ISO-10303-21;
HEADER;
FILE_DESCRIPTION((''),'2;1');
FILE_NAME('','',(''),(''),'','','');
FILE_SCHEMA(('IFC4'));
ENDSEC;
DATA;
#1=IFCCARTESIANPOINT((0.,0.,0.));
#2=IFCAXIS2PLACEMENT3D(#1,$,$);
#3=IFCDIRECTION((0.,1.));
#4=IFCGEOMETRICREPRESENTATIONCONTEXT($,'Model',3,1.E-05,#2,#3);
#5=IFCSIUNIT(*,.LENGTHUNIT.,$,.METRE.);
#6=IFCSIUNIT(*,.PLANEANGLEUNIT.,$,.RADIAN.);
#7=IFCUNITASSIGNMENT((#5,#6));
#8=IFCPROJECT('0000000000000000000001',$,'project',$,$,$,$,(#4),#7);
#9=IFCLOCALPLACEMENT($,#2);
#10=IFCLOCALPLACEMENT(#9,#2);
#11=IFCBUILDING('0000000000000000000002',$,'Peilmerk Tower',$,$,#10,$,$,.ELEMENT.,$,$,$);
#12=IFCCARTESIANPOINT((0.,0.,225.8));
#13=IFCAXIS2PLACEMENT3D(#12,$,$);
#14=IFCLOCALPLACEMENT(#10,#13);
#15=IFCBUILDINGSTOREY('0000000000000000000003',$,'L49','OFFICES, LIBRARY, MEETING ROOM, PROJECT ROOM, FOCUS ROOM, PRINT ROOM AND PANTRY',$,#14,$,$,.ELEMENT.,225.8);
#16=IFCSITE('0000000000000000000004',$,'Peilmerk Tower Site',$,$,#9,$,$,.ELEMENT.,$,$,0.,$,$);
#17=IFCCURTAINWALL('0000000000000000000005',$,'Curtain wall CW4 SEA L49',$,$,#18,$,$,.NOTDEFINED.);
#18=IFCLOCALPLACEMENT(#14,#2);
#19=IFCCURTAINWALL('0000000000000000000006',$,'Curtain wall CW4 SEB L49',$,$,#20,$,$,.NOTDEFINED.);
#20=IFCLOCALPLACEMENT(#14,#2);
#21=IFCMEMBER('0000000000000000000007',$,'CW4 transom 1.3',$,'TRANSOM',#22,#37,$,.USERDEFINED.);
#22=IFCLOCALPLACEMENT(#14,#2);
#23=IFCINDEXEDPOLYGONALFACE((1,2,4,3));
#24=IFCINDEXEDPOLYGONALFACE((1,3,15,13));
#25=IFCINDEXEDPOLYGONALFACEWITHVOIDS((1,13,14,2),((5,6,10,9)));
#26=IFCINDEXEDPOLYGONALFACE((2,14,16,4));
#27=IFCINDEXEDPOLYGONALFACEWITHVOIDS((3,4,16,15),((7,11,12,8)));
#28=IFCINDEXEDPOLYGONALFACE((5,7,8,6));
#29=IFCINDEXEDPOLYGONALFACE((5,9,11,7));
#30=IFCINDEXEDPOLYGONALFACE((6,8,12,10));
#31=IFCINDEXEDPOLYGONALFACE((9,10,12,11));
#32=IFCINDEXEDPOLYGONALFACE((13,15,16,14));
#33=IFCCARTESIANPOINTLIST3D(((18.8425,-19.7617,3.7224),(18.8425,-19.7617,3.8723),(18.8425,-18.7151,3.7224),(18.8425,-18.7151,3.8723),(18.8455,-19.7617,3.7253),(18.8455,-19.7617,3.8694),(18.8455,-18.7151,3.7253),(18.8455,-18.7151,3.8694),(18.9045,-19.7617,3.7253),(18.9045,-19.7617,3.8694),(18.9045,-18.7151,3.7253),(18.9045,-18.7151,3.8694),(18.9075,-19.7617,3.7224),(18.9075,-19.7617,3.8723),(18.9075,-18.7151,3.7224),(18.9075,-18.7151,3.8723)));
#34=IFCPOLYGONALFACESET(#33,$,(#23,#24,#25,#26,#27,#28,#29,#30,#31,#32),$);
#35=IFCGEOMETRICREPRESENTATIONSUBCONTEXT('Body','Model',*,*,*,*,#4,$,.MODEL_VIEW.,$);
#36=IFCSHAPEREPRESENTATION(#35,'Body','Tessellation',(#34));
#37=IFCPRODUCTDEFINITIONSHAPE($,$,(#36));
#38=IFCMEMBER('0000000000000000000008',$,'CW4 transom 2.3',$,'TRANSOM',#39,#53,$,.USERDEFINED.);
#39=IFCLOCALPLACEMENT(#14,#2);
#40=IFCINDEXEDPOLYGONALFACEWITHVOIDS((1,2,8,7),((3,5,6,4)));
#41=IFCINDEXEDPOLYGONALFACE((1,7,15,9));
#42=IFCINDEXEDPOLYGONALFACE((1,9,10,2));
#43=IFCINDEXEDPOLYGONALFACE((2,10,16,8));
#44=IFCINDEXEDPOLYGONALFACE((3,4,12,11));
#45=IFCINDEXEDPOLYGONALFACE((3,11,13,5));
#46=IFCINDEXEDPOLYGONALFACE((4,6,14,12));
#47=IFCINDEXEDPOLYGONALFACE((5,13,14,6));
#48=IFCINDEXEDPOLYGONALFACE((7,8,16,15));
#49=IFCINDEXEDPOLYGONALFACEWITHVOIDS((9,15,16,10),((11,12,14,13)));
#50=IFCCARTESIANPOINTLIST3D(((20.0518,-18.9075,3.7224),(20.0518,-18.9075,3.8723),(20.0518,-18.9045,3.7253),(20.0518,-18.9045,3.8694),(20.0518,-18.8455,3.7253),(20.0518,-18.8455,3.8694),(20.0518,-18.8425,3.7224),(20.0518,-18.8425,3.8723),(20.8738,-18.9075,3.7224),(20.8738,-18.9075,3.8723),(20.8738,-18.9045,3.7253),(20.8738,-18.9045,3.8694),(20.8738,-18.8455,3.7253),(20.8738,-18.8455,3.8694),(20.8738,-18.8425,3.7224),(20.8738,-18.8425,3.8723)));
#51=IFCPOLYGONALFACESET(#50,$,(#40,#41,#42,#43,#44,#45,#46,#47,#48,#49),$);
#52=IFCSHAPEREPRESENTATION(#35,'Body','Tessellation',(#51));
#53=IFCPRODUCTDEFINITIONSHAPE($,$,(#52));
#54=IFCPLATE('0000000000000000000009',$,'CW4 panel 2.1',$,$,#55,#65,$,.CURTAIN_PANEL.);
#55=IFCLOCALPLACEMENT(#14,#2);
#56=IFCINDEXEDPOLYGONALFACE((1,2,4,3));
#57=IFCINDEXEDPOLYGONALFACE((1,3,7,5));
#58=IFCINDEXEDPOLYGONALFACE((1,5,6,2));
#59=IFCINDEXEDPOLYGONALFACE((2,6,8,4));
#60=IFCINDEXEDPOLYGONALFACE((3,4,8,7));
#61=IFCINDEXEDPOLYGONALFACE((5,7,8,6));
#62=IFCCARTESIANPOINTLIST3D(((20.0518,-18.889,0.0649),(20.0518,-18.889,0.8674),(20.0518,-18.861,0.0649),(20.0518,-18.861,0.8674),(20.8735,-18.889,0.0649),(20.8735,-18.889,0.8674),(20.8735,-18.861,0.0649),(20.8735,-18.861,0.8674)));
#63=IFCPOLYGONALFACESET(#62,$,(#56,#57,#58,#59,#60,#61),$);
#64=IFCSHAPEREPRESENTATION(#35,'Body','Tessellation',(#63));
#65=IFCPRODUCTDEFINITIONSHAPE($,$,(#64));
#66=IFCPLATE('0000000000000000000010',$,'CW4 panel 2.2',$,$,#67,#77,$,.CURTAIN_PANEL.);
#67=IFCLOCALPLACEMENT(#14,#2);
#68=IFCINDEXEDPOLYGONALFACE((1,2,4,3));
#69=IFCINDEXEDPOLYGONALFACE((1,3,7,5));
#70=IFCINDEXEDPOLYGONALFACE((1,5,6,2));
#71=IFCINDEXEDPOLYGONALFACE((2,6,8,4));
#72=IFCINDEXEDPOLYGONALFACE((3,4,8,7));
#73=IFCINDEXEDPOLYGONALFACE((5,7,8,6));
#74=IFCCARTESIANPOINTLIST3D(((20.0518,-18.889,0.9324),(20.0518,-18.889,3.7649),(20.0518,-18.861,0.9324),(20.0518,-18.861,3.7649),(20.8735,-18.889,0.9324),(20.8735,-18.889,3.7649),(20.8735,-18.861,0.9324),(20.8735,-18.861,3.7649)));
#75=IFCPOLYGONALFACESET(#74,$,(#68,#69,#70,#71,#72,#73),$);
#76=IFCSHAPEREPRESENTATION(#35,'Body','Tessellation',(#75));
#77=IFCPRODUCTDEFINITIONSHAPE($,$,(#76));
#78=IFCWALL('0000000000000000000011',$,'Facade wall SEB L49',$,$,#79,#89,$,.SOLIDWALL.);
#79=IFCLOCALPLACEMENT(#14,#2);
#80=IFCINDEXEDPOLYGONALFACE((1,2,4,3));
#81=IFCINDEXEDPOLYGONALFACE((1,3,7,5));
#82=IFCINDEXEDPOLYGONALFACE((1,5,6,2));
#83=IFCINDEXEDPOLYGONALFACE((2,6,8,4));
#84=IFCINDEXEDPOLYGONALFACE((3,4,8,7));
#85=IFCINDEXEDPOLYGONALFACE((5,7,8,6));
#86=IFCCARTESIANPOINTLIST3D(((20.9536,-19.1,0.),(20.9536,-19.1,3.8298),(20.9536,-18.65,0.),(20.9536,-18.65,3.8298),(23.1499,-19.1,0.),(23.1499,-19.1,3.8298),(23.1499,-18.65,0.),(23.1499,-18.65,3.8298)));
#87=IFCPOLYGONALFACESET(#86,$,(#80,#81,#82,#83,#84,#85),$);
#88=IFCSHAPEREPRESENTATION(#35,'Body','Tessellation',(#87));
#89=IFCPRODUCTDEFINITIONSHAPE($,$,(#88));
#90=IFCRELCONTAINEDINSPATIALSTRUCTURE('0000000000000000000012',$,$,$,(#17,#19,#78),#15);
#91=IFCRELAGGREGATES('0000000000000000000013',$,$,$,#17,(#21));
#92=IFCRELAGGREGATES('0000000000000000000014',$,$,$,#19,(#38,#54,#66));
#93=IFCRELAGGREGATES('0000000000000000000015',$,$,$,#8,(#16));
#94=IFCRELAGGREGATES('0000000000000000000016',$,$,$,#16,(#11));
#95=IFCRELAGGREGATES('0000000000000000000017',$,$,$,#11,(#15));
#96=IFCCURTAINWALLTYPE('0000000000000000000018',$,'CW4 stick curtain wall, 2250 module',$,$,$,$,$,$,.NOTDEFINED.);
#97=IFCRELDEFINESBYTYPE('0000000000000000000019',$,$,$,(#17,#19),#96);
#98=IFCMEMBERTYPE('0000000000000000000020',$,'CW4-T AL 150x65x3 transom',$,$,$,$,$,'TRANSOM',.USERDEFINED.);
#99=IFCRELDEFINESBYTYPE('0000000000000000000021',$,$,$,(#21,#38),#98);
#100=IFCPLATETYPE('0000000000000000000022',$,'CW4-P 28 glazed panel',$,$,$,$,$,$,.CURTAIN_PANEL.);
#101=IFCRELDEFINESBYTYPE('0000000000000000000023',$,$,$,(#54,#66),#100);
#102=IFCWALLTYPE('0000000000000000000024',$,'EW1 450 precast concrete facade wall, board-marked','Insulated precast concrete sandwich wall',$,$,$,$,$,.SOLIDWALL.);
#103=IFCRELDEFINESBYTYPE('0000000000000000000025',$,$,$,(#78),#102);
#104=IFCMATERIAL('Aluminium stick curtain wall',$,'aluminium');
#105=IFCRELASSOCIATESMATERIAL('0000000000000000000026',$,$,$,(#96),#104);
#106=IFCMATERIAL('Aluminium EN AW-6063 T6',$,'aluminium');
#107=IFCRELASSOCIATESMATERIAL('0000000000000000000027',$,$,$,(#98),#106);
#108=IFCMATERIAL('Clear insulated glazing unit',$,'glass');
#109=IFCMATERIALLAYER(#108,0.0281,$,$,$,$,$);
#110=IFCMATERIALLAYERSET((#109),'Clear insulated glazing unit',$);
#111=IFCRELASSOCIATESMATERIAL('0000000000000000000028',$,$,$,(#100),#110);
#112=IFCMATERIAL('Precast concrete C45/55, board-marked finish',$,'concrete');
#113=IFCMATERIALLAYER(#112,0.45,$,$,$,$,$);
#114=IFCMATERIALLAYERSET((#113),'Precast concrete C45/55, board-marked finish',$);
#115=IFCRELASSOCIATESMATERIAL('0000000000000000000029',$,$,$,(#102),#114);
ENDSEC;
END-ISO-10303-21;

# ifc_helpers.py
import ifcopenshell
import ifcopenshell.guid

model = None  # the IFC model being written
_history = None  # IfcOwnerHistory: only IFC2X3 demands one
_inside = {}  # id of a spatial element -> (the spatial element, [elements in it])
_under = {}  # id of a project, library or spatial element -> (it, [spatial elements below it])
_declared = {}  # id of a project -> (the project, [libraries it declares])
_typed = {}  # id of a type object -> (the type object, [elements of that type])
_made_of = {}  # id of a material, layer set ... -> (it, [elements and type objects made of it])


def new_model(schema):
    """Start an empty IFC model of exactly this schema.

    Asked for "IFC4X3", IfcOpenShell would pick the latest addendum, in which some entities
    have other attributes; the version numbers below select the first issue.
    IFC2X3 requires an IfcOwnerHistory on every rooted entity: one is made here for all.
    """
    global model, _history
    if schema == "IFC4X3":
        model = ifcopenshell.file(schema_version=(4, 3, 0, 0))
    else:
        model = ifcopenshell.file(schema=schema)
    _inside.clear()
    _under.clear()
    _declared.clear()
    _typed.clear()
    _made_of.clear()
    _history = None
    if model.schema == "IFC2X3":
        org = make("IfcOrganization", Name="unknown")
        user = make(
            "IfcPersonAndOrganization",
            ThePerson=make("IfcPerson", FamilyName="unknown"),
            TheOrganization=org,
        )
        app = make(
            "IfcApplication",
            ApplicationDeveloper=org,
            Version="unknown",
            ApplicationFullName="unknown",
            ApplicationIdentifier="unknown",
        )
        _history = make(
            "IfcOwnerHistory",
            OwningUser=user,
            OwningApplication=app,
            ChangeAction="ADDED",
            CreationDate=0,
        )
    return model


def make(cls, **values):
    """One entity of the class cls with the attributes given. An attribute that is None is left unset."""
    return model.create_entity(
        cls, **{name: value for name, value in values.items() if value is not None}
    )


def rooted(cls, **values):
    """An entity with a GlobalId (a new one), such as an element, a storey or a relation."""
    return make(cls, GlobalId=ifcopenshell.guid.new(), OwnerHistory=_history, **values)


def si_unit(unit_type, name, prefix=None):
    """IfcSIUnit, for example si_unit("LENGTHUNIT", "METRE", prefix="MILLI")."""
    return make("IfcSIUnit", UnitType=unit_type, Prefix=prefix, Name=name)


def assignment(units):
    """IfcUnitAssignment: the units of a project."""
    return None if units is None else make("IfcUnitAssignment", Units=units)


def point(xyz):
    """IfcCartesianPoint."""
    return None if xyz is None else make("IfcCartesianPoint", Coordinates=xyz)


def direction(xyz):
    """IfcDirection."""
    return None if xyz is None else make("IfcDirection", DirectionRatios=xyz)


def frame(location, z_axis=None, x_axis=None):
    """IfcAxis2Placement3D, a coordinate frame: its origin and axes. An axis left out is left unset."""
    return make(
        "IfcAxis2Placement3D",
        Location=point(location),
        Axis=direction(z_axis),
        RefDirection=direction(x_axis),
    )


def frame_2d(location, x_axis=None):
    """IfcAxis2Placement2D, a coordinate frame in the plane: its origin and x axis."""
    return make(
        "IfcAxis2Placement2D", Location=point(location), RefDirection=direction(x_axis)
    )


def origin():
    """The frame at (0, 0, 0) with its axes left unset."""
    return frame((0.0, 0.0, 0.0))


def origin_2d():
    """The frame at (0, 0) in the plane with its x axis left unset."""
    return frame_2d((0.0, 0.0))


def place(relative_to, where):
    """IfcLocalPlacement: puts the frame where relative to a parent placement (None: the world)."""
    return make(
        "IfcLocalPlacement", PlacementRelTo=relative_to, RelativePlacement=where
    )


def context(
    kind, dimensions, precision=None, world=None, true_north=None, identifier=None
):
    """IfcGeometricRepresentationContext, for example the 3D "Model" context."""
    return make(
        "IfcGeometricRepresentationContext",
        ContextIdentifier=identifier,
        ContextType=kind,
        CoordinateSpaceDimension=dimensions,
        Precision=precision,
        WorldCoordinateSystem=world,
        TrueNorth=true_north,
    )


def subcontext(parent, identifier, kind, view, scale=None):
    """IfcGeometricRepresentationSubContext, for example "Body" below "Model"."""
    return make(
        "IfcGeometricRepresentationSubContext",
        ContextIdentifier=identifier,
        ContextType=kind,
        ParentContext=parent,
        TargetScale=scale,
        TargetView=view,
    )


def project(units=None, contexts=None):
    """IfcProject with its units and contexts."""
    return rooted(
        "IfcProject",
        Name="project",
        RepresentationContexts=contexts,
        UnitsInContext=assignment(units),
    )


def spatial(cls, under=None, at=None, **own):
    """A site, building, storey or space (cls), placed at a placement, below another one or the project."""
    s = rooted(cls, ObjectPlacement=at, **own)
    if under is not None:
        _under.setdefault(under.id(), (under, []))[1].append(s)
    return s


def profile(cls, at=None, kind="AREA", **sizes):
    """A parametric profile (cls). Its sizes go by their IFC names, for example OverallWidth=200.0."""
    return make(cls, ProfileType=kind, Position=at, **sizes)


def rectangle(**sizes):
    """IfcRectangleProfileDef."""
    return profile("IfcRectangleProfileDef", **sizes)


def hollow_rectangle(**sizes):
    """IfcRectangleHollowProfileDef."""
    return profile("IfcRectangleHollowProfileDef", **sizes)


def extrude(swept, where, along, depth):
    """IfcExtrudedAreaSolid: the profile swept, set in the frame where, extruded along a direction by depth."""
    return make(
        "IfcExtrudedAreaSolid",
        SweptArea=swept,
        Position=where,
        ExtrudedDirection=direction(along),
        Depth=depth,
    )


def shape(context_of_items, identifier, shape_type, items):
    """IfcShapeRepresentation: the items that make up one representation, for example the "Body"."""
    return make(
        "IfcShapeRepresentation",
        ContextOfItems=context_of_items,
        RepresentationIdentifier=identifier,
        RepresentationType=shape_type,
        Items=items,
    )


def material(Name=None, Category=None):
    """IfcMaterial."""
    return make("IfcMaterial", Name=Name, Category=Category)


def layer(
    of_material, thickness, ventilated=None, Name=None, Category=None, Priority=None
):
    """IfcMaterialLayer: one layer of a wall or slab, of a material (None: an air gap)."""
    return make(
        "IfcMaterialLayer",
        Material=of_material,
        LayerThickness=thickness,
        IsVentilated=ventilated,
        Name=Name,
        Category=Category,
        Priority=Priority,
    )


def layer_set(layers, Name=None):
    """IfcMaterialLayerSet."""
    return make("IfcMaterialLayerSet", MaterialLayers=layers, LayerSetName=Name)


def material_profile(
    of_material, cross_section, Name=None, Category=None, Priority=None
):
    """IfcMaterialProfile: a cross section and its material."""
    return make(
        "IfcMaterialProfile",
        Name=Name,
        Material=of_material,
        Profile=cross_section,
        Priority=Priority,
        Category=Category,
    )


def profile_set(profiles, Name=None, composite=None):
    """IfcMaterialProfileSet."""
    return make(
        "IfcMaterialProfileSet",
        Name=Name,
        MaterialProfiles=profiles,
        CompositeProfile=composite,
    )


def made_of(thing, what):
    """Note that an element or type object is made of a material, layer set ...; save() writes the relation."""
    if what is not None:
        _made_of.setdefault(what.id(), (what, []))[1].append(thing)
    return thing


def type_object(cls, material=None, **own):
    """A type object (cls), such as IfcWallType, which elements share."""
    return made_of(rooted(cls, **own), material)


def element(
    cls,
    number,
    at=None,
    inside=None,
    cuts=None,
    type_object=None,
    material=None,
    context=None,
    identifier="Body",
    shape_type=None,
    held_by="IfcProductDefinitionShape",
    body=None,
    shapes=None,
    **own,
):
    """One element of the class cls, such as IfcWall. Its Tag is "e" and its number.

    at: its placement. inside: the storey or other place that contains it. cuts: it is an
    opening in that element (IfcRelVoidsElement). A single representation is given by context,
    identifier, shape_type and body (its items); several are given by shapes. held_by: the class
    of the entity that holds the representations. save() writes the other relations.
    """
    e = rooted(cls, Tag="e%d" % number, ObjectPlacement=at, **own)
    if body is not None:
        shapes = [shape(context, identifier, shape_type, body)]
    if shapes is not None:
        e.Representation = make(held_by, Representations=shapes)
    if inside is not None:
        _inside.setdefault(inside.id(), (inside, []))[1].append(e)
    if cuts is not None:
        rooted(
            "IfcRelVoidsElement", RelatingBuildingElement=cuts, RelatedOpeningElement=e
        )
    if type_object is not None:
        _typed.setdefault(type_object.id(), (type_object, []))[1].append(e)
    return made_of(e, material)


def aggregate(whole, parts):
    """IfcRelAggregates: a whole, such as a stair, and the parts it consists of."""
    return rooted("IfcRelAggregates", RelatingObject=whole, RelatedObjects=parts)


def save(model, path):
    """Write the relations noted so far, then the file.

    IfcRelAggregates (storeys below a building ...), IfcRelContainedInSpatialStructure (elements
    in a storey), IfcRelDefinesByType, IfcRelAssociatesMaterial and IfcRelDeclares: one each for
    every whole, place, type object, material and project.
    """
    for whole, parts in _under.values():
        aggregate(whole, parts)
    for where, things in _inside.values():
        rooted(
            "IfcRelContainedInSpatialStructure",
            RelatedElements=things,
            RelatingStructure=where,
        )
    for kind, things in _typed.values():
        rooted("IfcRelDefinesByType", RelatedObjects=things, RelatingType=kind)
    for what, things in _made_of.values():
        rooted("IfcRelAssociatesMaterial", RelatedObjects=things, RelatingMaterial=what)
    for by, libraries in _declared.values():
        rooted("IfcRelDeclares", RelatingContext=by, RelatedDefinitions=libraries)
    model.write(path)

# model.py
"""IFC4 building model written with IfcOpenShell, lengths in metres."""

from ifc_helpers import new_model, si_unit, direction, frame, frame_2d, origin, origin_2d, place, context, subcontext, project, spatial, rectangle, hollow_rectangle, extrude, material, layer, layer_set, material_profile, profile_set, type_object, element, aggregate, save


model = new_model("IFC4")

# Units and contexts
model_context = context("Model", 3, precision=1e-05, world=origin(), true_north=direction((0.0, 1.0)))
body_context = subcontext(model_context, "Body", "Model", "MODEL_VIEW")
ifc_project = project(units=[si_unit("LENGTHUNIT", "METRE"), si_unit("PLANEANGLEUNIT", "RADIAN")], contexts=[model_context])

# Site, building, storey
site_placement = place(None, origin())
site = spatial("IfcSite", under=ifc_project, at=site_placement, Name="Peilmerk Tower Site", CompositionType="ELEMENT", RefElevation=0.0)
building_placement = place(site_placement, origin())
building = spatial("IfcBuilding", under=site, at=building_placement, Name="Peilmerk Tower", CompositionType="ELEMENT")
storey_placement = place(building_placement, frame((0.0, 0.0, 225.8)))
storey = spatial("IfcBuildingStorey", under=building, at=storey_placement, Name="L49", Description="OFFICES, LIBRARY, MEETING ROOM, PROJECT ROOM, FOCUS ROOM, PRINT ROOM AND PANTRY", CompositionType="ELEMENT", Elevation=225.8)

# Curtain walls
ifc_material_1 = material(Name="Aluminium stick curtain wall", Category="aluminium")
curtain_wall_type = type_object("IfcCurtainWallType", Name="CW4 stick curtain wall, 2250 module", PredefinedType="NOTDEFINED", material=ifc_material_1)
curtain_wall_1_placement = place(storey_placement, origin())
curtain_wall_1 = element("IfcCurtainWall", 1, at=curtain_wall_1_placement, inside=storey, type_object=curtain_wall_type, Name="Curtain wall CW4 SEA L49", PredefinedType="NOTDEFINED")
ifc_material_2 = material(Name="Aluminium EN AW-6063 T6", Category="aluminium")
curtain_wall_2_placement = place(storey_placement, origin())
curtain_wall_2 = element("IfcCurtainWall", 2, at=curtain_wall_2_placement, inside=storey, type_object=curtain_wall_type, Name="Curtain wall CW4 SEB L49", PredefinedType="NOTDEFINED")

# Members
ifc_material_profile_1 = material_profile(ifc_material_2, hollow_rectangle(XDim=0.0649, YDim=0.1499, WallThickness=0.0029, at=origin_2d()), Name="AL 150x65x3")
ifc_profile_set_1 = profile_set([ifc_material_profile_1], Name="Aluminium EN AW-6063 T6")
member_type_1 = type_object("IfcMemberType", Name="CW4-T AL 150x65x3 transom", ElementType="TRANSOM", PredefinedType="USERDEFINED", material=ifc_profile_set_1)
member_1_placement = place(storey_placement, frame((18.875, -18.7151, 3.7974), z_axis=(0.0, -1.0, 0.0), x_axis=(1.0, 0.0, 0.0)))
member_1 = element("IfcMember", 3, at=member_1_placement, type_object=member_type_1, Name="CW4 transom 1.3", ObjectType="TRANSOM", PredefinedType="USERDEFINED", context=body_context, shape_type="SweptSolid", body=[
    extrude(hollow_rectangle(XDim=0.0649, YDim=0.1499, WallThickness=0.0029, at=origin_2d()), origin(), (0.0, 0.0, 1.0), 1.0466),
])
aggregate(curtain_wall_1, [member_1])
member_2_placement = place(storey_placement, frame((20.0518, -18.875, 3.7974), z_axis=(1.0, 0.0, 0.0), x_axis=(0.0, 1.0, 0.0)))
member_2 = element("IfcMember", 4, at=member_2_placement, type_object=member_type_1, Name="CW4 transom 2.3", ObjectType="TRANSOM", PredefinedType="USERDEFINED", context=body_context, shape_type="SweptSolid", body=[
    extrude(hollow_rectangle(XDim=0.0649, YDim=0.1499, WallThickness=0.0029, at=origin_2d()), origin(), (0.0, 0.0, 1.0), 0.822),
])

# Plates
ifc_material_3 = material(Name="Clear insulated glazing unit", Category="glass")
ifc_layer_1 = layer(ifc_material_3, 0.0281)
ifc_layer_set_1 = layer_set([ifc_layer_1], Name="Clear insulated glazing unit")
plate_type = type_object("IfcPlateType", Name="CW4-P 28 glazed panel", PredefinedType="CURTAIN_PANEL", material=ifc_layer_set_1)
plate_1_placement = place(storey_placement, frame((20.4626, -18.875, 0.0649), z_axis=(0.0, 0.0, 1.0), x_axis=(1.0, 0.0, 0.0)))
plate_1 = element("IfcPlate", 5, at=plate_1_placement, type_object=plate_type, Name="CW4 panel 2.1", PredefinedType="CURTAIN_PANEL", context=body_context, shape_type="SweptSolid", body=[
    extrude(rectangle(XDim=0.8218, YDim=0.0281, at=origin_2d()), origin(), (0.0, 0.0, 1.0), 0.8025),
])
plate_2_placement = place(storey_placement, frame((20.4626, -18.875, 0.9324), z_axis=(0.0, 0.0, 1.0), x_axis=(1.0, 0.0, 0.0)))
plate_2 = element("IfcPlate", 6, at=plate_2_placement, type_object=plate_type, Name="CW4 panel 2.2", PredefinedType="CURTAIN_PANEL", context=body_context, shape_type="SweptSolid", body=[
    extrude(rectangle(XDim=0.8218, YDim=0.0281, at=origin_2d()), origin(), (0.0, 0.0, 1.0), 2.8325),
])
aggregate(curtain_wall_2, [member_2, plate_1, plate_2])

# Wall
ifc_material_4 = material(Name="Precast concrete C45/55, board-marked finish", Category="concrete")
ifc_layer_2 = layer(ifc_material_4, 0.45)
ifc_layer_set_2 = layer_set([ifc_layer_2], Name="Precast concrete C45/55, board-marked finish")
wall_type_1 = type_object("IfcWallType", Name="EW1 450 precast concrete facade wall, board-marked", Description="Insulated precast concrete sandwich wall", PredefinedType="SOLIDWALL", material=ifc_layer_set_2)
wall_1_placement = place(storey_placement, frame((20.9536, -18.875, 0.0), z_axis=(0.0, 0.0, 1.0), x_axis=(1.0, 0.0, 0.0)))
element("IfcWall", 7, at=wall_1_placement, inside=storey, type_object=wall_type_1, Name="Facade wall SEB L49", PredefinedType="SOLIDWALL", context=body_context, shape_type="SweptSolid", body=[
    extrude(rectangle(XDim=2.1963, YDim=0.45, at=frame_2d((1.0981, 0.0))), origin(), (0.0, 0.0, 1.0), 3.8298),
])

save(model, "model.ifc")
